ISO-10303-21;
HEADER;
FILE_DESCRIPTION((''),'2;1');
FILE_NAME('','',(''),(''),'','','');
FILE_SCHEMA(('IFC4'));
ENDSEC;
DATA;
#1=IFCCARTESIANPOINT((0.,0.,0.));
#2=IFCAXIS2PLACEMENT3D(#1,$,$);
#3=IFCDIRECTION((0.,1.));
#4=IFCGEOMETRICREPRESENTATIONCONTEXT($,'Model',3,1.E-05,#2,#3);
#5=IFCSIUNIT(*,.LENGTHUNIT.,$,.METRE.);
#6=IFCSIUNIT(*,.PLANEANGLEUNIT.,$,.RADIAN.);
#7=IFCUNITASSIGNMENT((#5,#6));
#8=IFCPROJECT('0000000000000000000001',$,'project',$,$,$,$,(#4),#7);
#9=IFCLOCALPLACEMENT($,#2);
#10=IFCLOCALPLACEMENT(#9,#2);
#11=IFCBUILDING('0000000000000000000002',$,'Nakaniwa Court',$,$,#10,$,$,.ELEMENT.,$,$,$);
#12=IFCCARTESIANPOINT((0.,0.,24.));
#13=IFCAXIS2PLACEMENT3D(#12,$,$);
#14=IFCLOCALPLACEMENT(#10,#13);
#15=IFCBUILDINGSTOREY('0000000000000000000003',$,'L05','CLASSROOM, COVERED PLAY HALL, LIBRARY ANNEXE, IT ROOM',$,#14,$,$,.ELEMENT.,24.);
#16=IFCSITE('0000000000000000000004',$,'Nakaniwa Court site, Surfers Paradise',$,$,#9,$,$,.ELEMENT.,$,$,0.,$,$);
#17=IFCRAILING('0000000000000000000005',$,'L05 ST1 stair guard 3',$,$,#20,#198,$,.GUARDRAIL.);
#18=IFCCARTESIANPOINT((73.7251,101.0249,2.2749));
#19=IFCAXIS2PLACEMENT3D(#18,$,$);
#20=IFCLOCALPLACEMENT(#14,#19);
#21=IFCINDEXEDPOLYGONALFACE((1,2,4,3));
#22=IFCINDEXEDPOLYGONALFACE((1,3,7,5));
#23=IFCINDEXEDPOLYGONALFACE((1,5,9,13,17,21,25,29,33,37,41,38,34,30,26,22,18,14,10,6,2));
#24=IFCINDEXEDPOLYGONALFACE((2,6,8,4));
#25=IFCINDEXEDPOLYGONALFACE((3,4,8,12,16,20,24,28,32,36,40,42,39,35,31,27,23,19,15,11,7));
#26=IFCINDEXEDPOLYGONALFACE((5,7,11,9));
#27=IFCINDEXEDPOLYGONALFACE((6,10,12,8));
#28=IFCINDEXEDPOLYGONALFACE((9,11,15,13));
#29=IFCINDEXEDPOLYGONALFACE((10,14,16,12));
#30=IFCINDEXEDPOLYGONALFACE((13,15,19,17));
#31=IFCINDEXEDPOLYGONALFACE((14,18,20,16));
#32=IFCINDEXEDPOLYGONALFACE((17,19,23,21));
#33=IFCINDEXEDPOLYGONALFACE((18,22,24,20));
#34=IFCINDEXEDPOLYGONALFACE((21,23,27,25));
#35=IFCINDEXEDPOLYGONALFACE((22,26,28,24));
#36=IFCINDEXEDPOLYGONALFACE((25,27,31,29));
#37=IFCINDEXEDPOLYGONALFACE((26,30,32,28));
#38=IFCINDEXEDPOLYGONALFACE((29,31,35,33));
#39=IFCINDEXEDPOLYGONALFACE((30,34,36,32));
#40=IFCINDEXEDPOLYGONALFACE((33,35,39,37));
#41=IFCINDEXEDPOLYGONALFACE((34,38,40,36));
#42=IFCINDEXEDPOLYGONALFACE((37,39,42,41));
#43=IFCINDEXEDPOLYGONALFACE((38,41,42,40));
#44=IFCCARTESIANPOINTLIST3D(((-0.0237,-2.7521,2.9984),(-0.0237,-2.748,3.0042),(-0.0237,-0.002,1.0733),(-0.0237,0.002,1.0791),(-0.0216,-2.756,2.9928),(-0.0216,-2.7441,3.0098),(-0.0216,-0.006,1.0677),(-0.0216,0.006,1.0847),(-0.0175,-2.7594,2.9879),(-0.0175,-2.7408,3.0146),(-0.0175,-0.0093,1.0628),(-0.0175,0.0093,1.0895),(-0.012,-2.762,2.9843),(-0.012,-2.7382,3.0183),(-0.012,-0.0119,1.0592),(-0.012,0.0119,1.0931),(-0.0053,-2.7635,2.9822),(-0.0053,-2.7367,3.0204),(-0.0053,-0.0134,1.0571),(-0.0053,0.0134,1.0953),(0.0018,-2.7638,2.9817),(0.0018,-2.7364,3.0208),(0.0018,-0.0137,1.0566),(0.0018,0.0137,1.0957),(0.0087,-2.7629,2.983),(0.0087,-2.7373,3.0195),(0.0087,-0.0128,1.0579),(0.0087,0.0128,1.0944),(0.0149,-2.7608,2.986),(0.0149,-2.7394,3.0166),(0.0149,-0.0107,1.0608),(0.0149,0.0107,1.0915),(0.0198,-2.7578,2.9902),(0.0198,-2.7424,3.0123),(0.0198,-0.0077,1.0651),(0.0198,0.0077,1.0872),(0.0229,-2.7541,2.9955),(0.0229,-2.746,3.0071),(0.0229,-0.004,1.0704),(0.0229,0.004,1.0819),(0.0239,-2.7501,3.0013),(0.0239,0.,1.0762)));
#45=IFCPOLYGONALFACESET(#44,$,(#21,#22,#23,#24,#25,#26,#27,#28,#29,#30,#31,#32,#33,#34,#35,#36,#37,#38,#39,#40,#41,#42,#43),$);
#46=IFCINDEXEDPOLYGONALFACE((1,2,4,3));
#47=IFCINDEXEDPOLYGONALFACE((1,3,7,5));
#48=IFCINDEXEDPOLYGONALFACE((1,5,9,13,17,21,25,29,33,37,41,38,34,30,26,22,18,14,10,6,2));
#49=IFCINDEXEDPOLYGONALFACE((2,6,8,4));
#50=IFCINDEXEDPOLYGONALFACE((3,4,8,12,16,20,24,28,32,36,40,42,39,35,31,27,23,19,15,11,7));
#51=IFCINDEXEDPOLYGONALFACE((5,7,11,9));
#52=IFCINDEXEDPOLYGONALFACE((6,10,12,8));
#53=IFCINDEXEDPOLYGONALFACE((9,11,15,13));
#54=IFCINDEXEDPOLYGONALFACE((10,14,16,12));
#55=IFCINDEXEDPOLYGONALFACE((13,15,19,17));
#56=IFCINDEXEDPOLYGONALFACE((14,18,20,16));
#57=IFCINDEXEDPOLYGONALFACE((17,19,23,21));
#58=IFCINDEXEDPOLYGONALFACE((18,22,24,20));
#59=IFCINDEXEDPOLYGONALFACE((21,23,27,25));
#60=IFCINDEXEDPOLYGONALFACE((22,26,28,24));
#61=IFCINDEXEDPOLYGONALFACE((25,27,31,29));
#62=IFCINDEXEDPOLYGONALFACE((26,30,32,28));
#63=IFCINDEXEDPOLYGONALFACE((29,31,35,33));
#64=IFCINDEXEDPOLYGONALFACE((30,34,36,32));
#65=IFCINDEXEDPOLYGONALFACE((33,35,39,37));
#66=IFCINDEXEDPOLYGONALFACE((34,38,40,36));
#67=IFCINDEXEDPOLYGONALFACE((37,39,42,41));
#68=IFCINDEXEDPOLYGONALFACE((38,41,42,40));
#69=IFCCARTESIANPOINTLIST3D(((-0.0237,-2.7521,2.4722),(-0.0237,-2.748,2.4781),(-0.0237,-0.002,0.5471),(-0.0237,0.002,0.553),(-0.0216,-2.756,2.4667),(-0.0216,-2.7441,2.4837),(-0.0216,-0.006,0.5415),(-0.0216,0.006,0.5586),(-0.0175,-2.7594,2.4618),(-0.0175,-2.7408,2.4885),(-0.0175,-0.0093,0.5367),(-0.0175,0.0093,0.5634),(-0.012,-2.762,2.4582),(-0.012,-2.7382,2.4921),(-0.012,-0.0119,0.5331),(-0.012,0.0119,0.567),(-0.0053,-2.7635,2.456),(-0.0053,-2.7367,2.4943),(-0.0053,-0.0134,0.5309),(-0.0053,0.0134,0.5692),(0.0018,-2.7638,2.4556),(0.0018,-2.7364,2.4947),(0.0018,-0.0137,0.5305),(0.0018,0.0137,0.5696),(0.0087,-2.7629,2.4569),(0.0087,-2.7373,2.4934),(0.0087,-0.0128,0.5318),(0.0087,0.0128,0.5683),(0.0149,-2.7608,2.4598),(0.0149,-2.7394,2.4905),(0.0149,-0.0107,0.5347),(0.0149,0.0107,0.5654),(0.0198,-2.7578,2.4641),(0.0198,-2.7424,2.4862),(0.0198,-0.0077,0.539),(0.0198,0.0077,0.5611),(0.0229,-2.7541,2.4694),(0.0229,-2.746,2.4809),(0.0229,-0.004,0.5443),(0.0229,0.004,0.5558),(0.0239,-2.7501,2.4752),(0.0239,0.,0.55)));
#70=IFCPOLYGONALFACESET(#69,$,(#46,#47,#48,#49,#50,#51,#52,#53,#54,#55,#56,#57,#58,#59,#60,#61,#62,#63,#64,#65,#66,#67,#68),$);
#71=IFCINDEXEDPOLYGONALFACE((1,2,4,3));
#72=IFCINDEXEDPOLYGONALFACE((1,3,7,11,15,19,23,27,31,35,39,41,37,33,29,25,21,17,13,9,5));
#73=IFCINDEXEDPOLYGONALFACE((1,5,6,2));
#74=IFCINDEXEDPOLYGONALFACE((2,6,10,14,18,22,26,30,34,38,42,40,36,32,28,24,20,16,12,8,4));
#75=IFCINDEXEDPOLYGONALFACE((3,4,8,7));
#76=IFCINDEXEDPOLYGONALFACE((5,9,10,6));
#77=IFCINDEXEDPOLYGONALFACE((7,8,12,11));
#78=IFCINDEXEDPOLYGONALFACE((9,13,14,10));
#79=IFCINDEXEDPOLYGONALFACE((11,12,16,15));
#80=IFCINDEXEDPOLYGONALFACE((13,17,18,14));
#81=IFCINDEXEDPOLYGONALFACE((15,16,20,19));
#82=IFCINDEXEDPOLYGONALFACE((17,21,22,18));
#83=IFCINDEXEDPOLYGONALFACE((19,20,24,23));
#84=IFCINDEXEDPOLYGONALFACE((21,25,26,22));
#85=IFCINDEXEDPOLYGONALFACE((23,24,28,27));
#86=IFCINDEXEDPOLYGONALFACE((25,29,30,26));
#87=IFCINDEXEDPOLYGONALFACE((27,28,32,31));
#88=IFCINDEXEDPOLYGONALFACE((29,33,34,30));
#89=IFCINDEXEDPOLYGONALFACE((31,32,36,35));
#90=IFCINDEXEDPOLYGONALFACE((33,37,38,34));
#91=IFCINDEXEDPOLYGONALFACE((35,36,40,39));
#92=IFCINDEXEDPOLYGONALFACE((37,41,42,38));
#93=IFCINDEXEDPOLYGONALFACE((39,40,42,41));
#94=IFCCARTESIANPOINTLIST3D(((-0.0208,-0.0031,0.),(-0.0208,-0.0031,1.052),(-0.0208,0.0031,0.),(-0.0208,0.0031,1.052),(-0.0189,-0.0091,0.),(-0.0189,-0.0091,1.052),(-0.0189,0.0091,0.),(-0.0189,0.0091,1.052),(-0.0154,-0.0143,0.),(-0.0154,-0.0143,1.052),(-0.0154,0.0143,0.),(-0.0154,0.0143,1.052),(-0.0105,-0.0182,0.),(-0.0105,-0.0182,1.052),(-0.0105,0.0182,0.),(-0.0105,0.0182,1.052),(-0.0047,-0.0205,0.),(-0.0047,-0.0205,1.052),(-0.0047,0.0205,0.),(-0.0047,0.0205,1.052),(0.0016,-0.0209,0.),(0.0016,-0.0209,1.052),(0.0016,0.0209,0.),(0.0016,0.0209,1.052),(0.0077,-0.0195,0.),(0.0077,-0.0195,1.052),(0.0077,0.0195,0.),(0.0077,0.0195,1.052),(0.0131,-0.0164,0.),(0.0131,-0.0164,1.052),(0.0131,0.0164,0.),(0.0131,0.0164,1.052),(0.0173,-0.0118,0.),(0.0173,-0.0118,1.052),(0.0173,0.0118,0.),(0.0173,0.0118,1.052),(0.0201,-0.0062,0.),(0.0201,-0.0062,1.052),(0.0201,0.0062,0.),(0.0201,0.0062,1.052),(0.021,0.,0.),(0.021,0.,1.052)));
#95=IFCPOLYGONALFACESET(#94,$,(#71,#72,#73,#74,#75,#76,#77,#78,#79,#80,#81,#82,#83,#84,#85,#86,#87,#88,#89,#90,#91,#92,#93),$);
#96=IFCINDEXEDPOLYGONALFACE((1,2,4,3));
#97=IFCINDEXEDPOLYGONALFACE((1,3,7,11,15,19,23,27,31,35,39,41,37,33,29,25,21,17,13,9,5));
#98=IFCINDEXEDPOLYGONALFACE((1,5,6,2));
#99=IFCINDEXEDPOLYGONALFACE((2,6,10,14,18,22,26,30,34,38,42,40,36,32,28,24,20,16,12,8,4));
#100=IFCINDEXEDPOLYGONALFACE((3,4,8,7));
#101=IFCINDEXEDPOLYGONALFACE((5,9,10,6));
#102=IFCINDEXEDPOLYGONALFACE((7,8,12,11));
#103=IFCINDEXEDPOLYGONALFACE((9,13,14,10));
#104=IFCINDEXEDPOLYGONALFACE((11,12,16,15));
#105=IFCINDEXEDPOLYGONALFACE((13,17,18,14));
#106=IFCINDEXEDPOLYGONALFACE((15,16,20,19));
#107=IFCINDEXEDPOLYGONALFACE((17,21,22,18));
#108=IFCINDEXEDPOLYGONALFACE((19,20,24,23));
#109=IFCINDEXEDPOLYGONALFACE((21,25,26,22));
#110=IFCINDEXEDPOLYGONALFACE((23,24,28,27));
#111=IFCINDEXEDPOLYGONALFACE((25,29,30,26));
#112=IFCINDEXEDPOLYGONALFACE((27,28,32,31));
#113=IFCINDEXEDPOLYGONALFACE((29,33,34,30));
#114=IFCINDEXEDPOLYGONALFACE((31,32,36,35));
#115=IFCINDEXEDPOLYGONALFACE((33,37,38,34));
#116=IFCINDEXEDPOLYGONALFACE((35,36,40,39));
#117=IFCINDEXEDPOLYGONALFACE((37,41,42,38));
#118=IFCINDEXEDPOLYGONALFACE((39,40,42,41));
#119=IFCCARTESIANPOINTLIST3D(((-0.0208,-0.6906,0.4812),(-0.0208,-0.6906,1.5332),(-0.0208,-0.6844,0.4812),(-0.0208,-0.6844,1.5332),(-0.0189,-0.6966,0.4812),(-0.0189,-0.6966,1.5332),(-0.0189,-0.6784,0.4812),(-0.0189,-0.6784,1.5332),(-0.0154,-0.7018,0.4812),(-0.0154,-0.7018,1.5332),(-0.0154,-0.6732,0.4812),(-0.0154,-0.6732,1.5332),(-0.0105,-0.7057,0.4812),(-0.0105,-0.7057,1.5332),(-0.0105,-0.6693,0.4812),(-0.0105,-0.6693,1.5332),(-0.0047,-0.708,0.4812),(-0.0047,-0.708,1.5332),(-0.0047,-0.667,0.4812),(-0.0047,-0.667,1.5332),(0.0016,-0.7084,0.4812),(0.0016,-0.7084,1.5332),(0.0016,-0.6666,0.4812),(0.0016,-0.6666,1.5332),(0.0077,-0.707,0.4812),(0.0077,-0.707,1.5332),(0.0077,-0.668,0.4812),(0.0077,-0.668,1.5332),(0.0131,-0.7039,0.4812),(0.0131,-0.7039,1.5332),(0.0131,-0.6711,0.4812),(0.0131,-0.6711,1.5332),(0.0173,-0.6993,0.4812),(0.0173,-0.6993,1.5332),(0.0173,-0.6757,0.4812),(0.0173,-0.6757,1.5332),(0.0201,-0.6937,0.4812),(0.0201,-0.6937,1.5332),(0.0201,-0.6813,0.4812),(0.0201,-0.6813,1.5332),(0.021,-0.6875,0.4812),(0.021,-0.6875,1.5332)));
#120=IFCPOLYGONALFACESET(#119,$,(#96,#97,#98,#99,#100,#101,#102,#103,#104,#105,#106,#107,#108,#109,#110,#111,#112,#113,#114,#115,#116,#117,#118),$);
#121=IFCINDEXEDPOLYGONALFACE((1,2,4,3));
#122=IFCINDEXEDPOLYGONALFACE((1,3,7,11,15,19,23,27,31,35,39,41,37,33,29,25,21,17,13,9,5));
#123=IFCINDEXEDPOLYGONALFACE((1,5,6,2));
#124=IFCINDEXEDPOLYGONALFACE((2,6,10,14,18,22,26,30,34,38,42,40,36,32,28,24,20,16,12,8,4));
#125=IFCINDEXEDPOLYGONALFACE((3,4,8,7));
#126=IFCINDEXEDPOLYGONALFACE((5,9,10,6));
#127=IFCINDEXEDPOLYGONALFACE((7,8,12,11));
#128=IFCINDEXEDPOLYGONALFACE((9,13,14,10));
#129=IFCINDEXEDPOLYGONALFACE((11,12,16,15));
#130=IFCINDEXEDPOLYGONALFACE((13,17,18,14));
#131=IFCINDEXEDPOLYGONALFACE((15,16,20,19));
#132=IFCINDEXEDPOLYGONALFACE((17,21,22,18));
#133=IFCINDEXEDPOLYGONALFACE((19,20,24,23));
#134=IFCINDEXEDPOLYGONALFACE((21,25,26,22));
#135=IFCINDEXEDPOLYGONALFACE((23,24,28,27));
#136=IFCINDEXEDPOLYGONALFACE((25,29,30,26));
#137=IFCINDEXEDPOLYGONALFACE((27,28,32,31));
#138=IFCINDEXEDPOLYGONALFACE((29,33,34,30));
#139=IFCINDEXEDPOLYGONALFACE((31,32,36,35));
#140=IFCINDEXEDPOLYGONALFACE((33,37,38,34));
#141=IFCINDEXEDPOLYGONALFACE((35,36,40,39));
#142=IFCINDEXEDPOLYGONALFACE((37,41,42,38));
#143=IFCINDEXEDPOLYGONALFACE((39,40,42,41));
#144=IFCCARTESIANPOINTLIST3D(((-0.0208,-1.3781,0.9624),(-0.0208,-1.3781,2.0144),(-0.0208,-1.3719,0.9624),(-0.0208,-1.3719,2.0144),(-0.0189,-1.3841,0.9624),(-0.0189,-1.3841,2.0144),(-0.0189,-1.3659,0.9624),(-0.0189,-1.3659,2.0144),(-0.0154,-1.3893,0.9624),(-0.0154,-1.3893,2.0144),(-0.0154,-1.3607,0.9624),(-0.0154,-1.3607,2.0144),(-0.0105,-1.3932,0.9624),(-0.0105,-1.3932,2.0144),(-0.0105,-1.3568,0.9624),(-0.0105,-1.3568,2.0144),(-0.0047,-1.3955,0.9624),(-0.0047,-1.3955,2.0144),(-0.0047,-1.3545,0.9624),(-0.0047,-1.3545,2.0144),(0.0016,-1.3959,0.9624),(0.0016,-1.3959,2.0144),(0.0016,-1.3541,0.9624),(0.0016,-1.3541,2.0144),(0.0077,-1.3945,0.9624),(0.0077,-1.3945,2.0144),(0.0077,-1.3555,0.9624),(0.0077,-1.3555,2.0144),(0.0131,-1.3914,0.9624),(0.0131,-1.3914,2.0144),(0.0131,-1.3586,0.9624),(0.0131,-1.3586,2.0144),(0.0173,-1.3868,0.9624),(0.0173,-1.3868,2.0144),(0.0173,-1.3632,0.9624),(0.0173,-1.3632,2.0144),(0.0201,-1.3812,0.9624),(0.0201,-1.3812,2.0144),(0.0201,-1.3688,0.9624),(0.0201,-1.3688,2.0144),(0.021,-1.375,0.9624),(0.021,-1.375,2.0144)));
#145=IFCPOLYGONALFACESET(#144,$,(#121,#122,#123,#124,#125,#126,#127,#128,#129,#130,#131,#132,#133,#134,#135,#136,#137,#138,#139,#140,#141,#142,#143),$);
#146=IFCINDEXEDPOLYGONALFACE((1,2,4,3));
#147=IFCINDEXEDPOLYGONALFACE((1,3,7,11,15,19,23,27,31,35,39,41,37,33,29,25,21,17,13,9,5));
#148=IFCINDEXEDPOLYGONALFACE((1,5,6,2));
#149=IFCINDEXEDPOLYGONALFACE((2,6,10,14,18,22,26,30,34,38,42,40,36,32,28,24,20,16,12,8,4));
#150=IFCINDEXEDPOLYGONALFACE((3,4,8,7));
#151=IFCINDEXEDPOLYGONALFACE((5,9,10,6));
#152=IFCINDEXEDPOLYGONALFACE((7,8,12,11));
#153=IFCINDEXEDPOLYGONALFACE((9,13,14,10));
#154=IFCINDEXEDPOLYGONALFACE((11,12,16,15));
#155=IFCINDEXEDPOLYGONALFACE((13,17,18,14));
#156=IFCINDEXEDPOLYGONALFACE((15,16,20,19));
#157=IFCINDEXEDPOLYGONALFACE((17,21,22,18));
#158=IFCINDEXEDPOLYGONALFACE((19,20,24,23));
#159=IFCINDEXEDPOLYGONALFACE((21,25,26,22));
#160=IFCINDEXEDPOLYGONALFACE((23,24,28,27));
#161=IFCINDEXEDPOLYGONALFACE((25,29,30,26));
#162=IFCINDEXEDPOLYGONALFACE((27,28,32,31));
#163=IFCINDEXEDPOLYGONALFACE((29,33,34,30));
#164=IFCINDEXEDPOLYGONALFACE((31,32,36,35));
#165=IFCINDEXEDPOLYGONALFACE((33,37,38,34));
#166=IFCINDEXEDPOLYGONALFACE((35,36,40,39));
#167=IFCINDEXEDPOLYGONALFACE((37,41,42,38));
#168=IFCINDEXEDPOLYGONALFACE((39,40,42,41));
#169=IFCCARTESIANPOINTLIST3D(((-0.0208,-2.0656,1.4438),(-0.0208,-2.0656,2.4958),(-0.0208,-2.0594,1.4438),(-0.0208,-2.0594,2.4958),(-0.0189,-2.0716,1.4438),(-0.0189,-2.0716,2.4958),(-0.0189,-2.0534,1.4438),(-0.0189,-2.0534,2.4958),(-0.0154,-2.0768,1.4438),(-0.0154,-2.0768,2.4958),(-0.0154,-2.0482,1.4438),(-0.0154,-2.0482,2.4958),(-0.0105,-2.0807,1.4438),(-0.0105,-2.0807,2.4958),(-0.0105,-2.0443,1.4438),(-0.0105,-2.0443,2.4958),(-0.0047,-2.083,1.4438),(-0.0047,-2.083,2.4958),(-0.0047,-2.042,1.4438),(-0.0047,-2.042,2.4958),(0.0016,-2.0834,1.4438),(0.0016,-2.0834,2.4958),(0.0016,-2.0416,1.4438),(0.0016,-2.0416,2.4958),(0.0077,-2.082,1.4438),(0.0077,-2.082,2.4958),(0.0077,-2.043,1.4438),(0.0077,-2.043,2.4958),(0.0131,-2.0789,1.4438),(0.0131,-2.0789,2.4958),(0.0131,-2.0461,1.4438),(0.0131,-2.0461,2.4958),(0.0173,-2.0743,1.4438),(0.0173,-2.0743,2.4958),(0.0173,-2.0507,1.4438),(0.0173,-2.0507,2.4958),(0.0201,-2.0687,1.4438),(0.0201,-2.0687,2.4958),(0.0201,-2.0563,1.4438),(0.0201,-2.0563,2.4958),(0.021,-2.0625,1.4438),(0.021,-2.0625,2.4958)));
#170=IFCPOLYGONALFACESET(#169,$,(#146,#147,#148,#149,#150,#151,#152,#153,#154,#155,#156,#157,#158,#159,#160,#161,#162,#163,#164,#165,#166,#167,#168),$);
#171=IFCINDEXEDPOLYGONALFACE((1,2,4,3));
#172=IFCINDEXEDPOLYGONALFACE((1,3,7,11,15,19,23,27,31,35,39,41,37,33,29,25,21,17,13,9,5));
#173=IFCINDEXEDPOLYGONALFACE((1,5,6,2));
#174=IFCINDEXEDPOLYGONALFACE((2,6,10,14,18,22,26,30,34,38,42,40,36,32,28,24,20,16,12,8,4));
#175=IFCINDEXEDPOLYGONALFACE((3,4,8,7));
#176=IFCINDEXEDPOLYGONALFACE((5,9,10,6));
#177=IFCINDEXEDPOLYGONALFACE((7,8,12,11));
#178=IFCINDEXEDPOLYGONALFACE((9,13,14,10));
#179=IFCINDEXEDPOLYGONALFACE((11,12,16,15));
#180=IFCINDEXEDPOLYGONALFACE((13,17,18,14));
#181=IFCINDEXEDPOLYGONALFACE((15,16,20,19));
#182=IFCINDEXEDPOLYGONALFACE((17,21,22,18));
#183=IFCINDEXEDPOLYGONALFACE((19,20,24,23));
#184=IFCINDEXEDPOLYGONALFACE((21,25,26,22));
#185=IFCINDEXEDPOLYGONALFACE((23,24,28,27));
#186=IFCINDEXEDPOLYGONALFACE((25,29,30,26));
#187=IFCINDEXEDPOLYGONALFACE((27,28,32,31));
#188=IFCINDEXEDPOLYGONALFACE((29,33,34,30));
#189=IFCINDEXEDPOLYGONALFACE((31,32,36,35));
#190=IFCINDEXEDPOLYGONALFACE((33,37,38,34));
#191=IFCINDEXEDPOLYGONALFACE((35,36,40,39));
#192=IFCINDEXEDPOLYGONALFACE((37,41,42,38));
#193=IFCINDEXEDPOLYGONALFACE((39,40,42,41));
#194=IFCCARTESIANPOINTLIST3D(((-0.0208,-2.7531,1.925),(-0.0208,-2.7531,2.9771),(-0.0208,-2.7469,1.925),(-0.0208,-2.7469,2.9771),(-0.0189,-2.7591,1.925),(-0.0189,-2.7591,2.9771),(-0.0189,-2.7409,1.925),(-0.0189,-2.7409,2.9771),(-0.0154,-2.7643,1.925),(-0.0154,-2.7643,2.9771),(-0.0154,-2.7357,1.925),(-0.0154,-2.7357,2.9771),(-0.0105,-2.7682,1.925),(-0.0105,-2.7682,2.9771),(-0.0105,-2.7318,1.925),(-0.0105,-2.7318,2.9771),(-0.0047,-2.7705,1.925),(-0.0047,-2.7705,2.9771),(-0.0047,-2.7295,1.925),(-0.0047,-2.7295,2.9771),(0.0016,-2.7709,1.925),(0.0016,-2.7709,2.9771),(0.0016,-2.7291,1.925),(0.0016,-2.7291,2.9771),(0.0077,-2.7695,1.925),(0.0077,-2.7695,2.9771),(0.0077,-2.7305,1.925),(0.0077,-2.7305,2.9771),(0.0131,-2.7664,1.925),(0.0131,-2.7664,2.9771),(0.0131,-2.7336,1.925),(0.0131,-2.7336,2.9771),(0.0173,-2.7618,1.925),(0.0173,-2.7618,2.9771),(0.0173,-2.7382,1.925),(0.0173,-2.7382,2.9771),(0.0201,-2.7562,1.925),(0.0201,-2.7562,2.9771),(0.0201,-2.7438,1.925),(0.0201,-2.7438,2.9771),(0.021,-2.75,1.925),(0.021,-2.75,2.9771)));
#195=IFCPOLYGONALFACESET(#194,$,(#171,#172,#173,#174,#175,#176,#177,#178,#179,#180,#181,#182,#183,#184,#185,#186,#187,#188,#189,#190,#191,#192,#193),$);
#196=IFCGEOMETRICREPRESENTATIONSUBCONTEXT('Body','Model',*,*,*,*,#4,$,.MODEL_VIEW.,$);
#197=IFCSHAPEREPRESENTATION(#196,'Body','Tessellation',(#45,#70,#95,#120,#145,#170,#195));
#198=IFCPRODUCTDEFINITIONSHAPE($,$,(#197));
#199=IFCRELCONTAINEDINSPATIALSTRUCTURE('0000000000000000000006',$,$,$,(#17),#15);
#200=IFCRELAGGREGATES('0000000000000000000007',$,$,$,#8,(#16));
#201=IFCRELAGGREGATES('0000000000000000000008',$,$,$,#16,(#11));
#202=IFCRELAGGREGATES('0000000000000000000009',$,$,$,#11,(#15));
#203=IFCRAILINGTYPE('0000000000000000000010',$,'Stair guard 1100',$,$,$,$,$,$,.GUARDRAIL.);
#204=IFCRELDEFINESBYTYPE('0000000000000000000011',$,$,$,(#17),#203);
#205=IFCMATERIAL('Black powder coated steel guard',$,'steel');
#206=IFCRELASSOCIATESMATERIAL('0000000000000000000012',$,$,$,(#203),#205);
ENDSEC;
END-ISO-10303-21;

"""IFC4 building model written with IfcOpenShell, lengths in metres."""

from ifc_helpers import new_model, si_unit, direction, frame, origin, origin_2d, place, context, subcontext, project, spatial, circle, extrude, material, type_object, element, save


model = new_model("IFC4")

# Units and contexts
model_context = context("Model", 3, precision=1e-05, world=origin(), true_north=direction((0.0, 1.0)))
body_context = subcontext(model_context, "Body", "Model", "MODEL_VIEW")
ifc_project = project(units=[si_unit("LENGTHUNIT", "METRE"), si_unit("PLANEANGLEUNIT", "RADIAN")], contexts=[model_context])

# Site, building, storey
site_placement = place(None, origin())
site = spatial("IfcSite", under=ifc_project, at=site_placement, Name="Nakaniwa Court site, Surfers Paradise", CompositionType="ELEMENT", RefElevation=0.0)
building_placement = place(site_placement, origin())
building = spatial("IfcBuilding", under=site, at=building_placement, Name="Nakaniwa Court", CompositionType="ELEMENT")
storey_placement = place(building_placement, frame((0.0, 0.0, 24.0)))
storey = spatial("IfcBuildingStorey", under=building, at=storey_placement, Name="L05", Description="CLASSROOM, COVERED PLAY HALL, LIBRARY ANNEXE, IT ROOM", CompositionType="ELEMENT", Elevation=24.0)

# Railing
ifc_material_1 = material(Name="Black powder coated steel guard", Category="steel")
railing_type = type_object("IfcRailingType", Name="Stair guard 1100", PredefinedType="GUARDRAIL", material=ifc_material_1)
railing_1_placement = place(storey_placement, frame((73.7251, 101.0249, 2.2749)))
element("IfcRailing", 1, at=railing_1_placement, inside=storey, type_object=railing_type, Name="L05 ST1 stair guard 3", PredefinedType="GUARDRAIL", context=body_context, shape_type="SweptSolid", body=[
    extrude(circle(Radius=0.0239, at=origin_2d()), frame((0.0, 0.0, 1.0762), z_axis=(0.0, -0.819225, 0.573472), x_axis=(1.0, 0.0, 0.0)), (0.0, 0.0, 1.0), 3.3569),
    extrude(circle(Radius=0.0239, at=origin_2d()), frame((0.0, 0.0, 0.55), z_axis=(0.0, -0.819225, 0.573472), x_axis=(1.0, 0.0, 0.0)), (0.0, 0.0, 1.0), 3.3569),
    extrude(circle(Radius=0.021, at=origin_2d()), origin(), (0.0, 0.0, 1.0), 1.052),
    extrude(circle(Radius=0.021, at=origin_2d()), frame((0.0, -0.6875, 0.4812)), (0.0, 0.0, 1.0), 1.052),
    extrude(circle(Radius=0.021, at=origin_2d()), frame((0.0, -1.375, 0.9624)), (0.0, 0.0, 1.0), 1.052),
    extrude(circle(Radius=0.021, at=origin_2d()), frame((0.0, -2.0625, 1.4438)), (0.0, 0.0, 1.0), 1.052),
    extrude(circle(Radius=0.021, at=origin_2d()), frame((0.0, -2.75, 1.925)), (0.0, 0.0, 1.0), 1.052),
])

save(model, "model.ifc")
